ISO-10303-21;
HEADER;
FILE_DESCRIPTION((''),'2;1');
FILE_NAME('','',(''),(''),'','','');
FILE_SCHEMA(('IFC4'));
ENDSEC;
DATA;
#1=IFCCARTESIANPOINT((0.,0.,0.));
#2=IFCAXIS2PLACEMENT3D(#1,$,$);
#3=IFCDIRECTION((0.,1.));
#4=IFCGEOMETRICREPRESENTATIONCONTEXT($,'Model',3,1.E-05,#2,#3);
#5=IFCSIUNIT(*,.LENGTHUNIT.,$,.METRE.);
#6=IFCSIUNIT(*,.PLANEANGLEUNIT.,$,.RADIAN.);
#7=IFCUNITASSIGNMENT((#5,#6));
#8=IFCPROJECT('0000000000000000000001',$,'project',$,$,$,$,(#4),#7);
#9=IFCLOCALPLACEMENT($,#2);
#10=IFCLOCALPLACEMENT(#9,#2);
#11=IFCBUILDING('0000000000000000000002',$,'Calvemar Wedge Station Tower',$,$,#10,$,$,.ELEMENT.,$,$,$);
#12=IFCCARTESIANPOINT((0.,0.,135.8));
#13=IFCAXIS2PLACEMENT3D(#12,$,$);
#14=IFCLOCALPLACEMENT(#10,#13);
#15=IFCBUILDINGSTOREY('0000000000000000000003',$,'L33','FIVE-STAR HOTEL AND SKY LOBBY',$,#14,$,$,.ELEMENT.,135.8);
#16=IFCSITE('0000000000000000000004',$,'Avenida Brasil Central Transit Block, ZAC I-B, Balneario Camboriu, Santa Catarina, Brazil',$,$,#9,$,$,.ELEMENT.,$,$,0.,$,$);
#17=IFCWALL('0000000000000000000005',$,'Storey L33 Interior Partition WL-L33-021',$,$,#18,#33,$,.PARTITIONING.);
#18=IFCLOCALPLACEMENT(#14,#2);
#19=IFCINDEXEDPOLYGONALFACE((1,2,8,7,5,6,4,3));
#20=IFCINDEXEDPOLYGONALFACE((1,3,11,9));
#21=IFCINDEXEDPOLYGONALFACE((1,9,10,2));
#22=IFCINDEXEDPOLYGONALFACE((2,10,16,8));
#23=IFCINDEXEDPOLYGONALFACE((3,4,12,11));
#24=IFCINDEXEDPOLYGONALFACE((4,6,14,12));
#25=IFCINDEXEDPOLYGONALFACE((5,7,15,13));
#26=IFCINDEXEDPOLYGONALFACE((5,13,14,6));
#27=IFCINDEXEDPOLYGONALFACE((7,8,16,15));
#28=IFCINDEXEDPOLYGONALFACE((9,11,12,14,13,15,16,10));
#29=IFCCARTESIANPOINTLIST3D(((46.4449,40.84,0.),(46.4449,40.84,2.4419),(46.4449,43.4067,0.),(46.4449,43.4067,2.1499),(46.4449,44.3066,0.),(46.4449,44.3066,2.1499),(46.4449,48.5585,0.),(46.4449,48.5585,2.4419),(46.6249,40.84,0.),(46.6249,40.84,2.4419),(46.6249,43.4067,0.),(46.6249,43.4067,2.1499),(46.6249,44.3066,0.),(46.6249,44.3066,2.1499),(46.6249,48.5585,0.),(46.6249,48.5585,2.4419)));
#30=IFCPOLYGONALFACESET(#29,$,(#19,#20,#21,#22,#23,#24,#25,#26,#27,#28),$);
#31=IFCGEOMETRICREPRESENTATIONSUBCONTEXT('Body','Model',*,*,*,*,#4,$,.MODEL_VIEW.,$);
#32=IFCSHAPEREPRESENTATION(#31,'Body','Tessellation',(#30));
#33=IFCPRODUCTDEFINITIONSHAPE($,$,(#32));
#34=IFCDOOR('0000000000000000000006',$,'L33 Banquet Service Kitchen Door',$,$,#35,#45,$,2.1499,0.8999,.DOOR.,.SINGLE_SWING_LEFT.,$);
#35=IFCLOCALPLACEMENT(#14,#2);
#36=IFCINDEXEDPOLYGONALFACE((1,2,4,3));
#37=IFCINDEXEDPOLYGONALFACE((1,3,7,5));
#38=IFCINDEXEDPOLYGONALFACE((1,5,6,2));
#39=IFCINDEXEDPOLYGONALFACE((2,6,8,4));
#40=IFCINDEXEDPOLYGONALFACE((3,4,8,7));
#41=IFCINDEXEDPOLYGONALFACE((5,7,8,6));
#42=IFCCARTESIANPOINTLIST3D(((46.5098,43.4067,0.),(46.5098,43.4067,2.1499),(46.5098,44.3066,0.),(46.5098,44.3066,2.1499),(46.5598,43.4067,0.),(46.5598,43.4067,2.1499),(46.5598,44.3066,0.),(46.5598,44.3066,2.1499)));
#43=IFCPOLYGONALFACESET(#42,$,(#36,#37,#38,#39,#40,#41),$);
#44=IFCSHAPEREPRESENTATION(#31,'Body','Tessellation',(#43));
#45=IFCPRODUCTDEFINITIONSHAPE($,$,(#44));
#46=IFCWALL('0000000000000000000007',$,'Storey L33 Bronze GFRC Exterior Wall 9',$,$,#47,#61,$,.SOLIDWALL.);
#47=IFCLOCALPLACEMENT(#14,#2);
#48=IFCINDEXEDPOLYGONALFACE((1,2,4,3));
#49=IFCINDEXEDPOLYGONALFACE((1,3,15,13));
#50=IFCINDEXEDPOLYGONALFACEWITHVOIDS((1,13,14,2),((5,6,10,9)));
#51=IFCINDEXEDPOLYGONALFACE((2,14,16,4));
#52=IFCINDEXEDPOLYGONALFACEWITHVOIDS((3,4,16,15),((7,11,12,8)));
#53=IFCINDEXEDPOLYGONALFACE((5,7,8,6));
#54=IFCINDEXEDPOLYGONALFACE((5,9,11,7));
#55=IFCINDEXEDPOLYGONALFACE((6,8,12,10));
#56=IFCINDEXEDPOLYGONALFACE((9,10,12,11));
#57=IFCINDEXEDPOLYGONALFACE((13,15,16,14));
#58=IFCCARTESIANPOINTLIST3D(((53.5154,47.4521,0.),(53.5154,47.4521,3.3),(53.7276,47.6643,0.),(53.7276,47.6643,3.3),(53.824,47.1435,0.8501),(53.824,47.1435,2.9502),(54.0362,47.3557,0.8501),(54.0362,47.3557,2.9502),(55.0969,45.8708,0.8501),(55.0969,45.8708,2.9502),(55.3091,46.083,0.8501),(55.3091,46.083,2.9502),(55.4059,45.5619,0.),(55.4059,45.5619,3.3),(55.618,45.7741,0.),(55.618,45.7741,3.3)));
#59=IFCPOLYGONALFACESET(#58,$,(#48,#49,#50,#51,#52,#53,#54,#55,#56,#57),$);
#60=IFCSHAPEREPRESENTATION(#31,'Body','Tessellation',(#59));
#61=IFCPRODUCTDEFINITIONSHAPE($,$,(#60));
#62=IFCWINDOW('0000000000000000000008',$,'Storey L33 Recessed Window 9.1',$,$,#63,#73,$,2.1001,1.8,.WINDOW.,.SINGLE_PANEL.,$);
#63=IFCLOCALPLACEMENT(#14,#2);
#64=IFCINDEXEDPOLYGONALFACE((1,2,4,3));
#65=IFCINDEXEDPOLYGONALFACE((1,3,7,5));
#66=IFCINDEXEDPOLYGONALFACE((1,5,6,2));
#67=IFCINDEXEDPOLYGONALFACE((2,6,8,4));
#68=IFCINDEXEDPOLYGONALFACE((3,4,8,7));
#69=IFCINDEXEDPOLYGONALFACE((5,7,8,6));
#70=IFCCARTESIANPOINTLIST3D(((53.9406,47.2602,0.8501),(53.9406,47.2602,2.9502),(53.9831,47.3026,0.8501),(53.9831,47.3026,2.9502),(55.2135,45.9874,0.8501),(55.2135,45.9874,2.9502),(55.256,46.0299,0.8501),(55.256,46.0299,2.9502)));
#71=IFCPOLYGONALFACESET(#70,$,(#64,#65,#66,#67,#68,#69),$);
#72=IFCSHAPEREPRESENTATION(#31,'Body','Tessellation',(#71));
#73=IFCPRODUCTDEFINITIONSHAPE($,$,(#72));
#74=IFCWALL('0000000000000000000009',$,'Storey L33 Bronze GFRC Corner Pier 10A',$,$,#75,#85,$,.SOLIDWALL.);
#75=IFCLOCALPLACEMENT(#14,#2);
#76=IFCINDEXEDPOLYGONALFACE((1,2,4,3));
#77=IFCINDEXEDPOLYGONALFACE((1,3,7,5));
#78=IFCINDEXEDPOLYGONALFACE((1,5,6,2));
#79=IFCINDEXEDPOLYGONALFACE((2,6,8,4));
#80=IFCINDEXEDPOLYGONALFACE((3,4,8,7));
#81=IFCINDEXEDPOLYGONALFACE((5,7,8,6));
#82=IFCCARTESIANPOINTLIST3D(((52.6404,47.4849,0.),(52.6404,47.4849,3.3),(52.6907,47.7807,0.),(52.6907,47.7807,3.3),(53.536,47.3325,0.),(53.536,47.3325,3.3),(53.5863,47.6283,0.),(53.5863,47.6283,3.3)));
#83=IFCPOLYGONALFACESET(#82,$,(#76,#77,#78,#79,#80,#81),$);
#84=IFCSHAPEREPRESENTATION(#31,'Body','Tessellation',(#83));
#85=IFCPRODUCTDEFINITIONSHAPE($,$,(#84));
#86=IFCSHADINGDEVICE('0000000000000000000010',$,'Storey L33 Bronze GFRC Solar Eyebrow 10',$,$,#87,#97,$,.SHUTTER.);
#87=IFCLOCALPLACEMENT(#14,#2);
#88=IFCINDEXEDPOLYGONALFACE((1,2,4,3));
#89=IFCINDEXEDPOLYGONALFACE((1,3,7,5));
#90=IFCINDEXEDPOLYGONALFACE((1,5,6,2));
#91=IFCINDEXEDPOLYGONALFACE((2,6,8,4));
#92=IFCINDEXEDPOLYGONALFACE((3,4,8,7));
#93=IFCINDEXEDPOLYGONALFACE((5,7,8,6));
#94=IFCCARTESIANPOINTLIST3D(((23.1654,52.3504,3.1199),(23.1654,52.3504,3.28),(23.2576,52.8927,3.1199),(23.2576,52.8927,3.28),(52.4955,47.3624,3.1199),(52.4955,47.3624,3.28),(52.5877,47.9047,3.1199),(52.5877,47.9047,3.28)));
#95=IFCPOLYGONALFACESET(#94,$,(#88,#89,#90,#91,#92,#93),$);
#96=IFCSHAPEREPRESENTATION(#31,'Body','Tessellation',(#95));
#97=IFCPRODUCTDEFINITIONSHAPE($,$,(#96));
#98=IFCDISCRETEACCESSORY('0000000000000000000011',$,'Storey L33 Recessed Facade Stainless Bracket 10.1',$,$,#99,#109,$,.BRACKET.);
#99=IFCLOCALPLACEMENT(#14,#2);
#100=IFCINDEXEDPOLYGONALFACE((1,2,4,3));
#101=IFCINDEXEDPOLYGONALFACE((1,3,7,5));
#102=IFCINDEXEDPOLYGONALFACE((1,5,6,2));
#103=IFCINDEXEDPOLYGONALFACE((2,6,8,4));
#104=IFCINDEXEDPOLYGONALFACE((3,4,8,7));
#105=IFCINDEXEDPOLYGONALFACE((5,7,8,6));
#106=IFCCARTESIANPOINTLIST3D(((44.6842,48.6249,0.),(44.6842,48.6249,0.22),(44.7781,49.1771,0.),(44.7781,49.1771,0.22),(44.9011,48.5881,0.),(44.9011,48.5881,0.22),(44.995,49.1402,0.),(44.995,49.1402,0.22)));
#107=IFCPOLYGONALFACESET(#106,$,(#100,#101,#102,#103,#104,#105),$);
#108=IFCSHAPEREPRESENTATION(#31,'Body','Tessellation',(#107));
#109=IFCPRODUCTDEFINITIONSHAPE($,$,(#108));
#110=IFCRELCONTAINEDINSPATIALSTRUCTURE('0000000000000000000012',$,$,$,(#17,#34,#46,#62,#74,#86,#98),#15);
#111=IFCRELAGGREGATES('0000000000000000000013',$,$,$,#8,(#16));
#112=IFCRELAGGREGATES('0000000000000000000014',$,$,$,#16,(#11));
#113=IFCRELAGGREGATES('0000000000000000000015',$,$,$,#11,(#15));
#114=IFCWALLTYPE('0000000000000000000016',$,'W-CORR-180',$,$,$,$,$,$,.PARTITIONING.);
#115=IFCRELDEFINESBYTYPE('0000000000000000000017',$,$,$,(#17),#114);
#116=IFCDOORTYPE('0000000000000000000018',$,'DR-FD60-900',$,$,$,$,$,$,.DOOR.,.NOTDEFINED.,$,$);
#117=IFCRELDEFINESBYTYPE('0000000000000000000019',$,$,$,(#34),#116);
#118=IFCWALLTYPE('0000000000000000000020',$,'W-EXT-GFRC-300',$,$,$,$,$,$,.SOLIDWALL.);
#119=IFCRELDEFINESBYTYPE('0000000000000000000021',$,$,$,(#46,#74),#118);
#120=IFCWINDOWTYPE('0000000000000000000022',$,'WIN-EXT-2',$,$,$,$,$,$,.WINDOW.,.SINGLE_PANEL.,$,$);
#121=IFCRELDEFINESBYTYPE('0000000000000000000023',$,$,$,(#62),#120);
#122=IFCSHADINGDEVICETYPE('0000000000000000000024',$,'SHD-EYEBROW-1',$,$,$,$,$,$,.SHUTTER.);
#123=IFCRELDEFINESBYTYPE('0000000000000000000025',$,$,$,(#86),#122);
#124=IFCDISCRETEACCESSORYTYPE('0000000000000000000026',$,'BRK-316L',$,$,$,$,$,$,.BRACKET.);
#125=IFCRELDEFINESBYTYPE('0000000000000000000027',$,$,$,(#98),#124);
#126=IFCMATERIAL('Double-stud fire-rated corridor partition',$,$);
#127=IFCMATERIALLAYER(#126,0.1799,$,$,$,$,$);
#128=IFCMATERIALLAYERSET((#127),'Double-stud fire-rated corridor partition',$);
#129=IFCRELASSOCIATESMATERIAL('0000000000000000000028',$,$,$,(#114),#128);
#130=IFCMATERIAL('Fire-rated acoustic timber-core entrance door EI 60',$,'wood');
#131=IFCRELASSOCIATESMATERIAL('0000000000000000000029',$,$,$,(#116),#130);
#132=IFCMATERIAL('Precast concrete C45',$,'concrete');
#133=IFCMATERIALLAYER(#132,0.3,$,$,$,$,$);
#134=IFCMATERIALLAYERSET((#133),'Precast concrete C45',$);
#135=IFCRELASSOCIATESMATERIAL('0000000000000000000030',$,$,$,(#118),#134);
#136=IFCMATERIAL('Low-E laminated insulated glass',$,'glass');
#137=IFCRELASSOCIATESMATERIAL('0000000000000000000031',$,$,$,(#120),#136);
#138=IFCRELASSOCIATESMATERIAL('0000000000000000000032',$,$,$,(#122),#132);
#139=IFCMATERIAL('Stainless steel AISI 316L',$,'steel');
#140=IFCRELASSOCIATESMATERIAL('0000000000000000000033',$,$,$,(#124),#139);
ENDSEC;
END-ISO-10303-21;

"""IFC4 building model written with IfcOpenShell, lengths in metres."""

from ifc_helpers import new_model, si_unit, direction, frame, frame_2d, origin, origin_2d, place, context, subcontext, project, spatial, rectangle, extrude, source, transform, mapped, material, layer, layer_set, type_object, element, fill, save


model = new_model("IFC4")

# Units and contexts
model_context = context("Model", 3, precision=1e-05, world=origin(), true_north=direction((0.0, 1.0)))
body_context = subcontext(model_context, "Body", "Model", "MODEL_VIEW")
ifc_project = project(units=[si_unit("LENGTHUNIT", "METRE"), si_unit("PLANEANGLEUNIT", "RADIAN")], contexts=[model_context])

# Site, building, storey
site_placement = place(None, origin())
site = spatial("IfcSite", under=ifc_project, at=site_placement, Name="Avenida Brasil Central Transit Block, ZAC I-B, Balneario Camboriu, Santa Catarina, Brazil", CompositionType="ELEMENT", RefElevation=0.0)
building_placement = place(site_placement, origin())
building = spatial("IfcBuilding", under=site, at=building_placement, Name="Calvemar Wedge Station Tower", CompositionType="ELEMENT")
storey_placement = place(building_placement, frame((0.0, 0.0, 135.8)))
storey = spatial("IfcBuildingStorey", under=building, at=storey_placement, Name="L33", Description="FIVE-STAR HOTEL AND SKY LOBBY", CompositionType="ELEMENT", Elevation=135.8)

# Shared definitions
ifc_material_1 = material(Name="Low-E laminated insulated glass", Category="glass")

# Wall, opening, door
ifc_material_2 = material(Name="Double-stud fire-rated corridor partition")
ifc_layer_1 = layer(ifc_material_2, 0.1799)
ifc_layer_set_1 = layer_set([ifc_layer_1], Name="Double-stud fire-rated corridor partition")
wall_type_1 = type_object("IfcWallType", Name="W-CORR-180", PredefinedType="PARTITIONING", material=ifc_layer_set_1)
wall_1_placement = place(storey_placement, frame((46.5349, 48.5586, 0.0), z_axis=(0.0, 0.0, 1.0), x_axis=(0.0, -1.0, 0.0)))
wall_1 = element("IfcWall", 1, at=wall_1_placement, inside=storey, type_object=wall_type_1, Name="Storey L33 Interior Partition WL-L33-021", PredefinedType="PARTITIONING", context=body_context, shape_type="SweptSolid", body=[
    extrude(rectangle(XDim=7.7185, YDim=0.1799, at=frame_2d((3.8594, 0.0))), origin(), (0.0, 0.0, 1.0), 2.4419),
])
shared_shape_1 = source(origin(), body_context, "Body", "SweptSolid", [
    extrude(rectangle(XDim=0.8999, YDim=2.1499, at=frame_2d((0.45, 1.075))), frame((0.0, 0.1001, 0.0), z_axis=(0.0, -1.0, 0.0), x_axis=(1.0, 0.0, 0.0)), (0.0, 0.0, 1.0), 0.2),
])
opening_1_placement = place(wall_1_placement, frame((4.252, 0.0, 0.0)))
opening_1 = element("IfcOpeningElement", 2, at=opening_1_placement, cuts=wall_1, PredefinedType="OPENING", context=body_context, shape_type="MappedRepresentation", body=[
    mapped(shared_shape_1, transform((0.0, 0.0, 0.0), scale=1.0)),
])
ifc_material_3 = material(Name="Fire-rated acoustic timber-core entrance door EI 60", Category="wood")
door_type = type_object("IfcDoorType", Name="DR-FD60-900", OperationType="NOTDEFINED", PredefinedType="DOOR", material=ifc_material_3)
shared_shape_2 = source(origin(), body_context, "Body", "SweptSolid", [
    extrude(rectangle(XDim=0.8999, YDim=2.1499, at=frame_2d((0.45, 1.075))), frame((0.0, 0.0249, 0.0), z_axis=(0.0, -1.0, 0.0), x_axis=(1.0, 0.0, 0.0)), (0.0, 0.0, 1.0), 0.05),
])
door_placement = place(opening_1_placement, origin())
door = element("IfcDoor", 3, at=door_placement, inside=storey, type_object=door_type, Name="L33 Banquet Service Kitchen Door", OperationType="SINGLE_SWING_LEFT", OverallHeight=2.1499, OverallWidth=0.8999, PredefinedType="DOOR", context=body_context, shape_type="MappedRepresentation", body=[
    mapped(shared_shape_2, transform((0.0, 0.0, 0.0), scale=1.0)),
])
fill(opening_1, door)

# Wall, opening, window
ifc_material_4 = material(Name="Precast concrete C45", Category="concrete")
ifc_layer_2 = layer(ifc_material_4, 0.3)
ifc_layer_set_2 = layer_set([ifc_layer_2], Name="Precast concrete C45")
wall_type_2 = type_object("IfcWallType", Name="W-EXT-GFRC-300", PredefinedType="SOLIDWALL", material=ifc_layer_set_2)
wall_2_placement = place(storey_placement, frame((55.512, 45.668, 0.0), z_axis=(0.0, 0.0, 1.0), x_axis=(-0.707152, 0.707061, 0.0)))
wall_2 = element("IfcWall", 4, at=wall_2_placement, inside=storey, type_object=wall_type_2, Name="Storey L33 Bronze GFRC Exterior Wall 9", PredefinedType="SOLIDWALL", context=body_context, shape_type="SweptSolid", body=[
    extrude(rectangle(XDim=2.6733, YDim=0.3, at=frame_2d((1.3367, 0.0))), origin(), (0.0, 0.0, 1.0), 3.3),
])
shared_shape_3 = source(origin(), body_context, "Body", "SweptSolid", [
    extrude(rectangle(XDim=1.8, YDim=2.1001, at=frame_2d((0.8999, 1.05))), frame((0.0, 0.1602, 0.0), z_axis=(0.0, -1.0, 0.0), x_axis=(1.0, 0.0, 0.0)), (0.0, 0.0, 1.0), 0.3201),
])
opening_2_placement = place(wall_2_placement, frame((0.437, 0.0, 0.8501)))
opening_2 = element("IfcOpeningElement", 5, at=opening_2_placement, cuts=wall_2, PredefinedType="OPENING", context=body_context, shape_type="MappedRepresentation", body=[
    mapped(shared_shape_3, transform((0.0, 0.0, 0.0), scale=1.0)),
])
window_type = type_object("IfcWindowType", Name="WIN-EXT-2", PartitioningType="SINGLE_PANEL", PredefinedType="WINDOW", material=ifc_material_1)
shared_shape_4 = source(origin(), body_context, "Body", "SweptSolid", [
    extrude(rectangle(XDim=1.8, YDim=2.1001, at=frame_2d((0.8999, 1.05))), frame((0.0, -0.0149, 0.0), z_axis=(0.0, -1.0, 0.0), x_axis=(1.0, 0.0, 0.0)), (0.0, 0.0, 1.0), 0.0601),
])
window_placement = place(opening_2_placement, origin())
window = element("IfcWindow", 6, at=window_placement, inside=storey, type_object=window_type, Name="Storey L33 Recessed Window 9.1", OverallHeight=2.1001, OverallWidth=1.8, PartitioningType="SINGLE_PANEL", PredefinedType="WINDOW", context=body_context, shape_type="MappedRepresentation", body=[
    mapped(shared_shape_4, transform((0.0, 0.0, 0.0), scale=1.0)),
])
fill(opening_2, window)

# Wall
wall_3_placement = place(storey_placement, frame((53.561, 47.4805, 0.0), z_axis=(0.0, 0.0, 1.0), x_axis=(-0.985836, 0.16771, 0.0)))
element("IfcWall", 7, at=wall_3_placement, inside=storey, type_object=wall_type_2, Name="Storey L33 Bronze GFRC Corner Pier 10A", PredefinedType="SOLIDWALL", context=body_context, shape_type="SweptSolid", body=[
    extrude(rectangle(XDim=0.9084, YDim=0.3, at=frame_2d((0.4541, 0.0))), origin(), (0.0, 0.0, 1.0), 3.3),
])

# Shading device
shading_device_type = type_object("IfcShadingDeviceType", Name="SHD-EYEBROW-1", PredefinedType="SHUTTER", material=ifc_material_4)
shading_device_placement = place(storey_placement, frame((52.5415, 47.6335, 3.1199), z_axis=(0.0, 0.0, 1.0), x_axis=(-0.985845, 0.167658, 0.0)))
element("IfcShadingDevice", 8, at=shading_device_placement, inside=storey, type_object=shading_device_type, Name="Storey L33 Bronze GFRC Solar Eyebrow 10", PredefinedType="SHUTTER", context=body_context, shape_type="SweptSolid", body=[
    extrude(rectangle(XDim=29.7512, YDim=0.55, at=frame_2d((14.8755, 0.0))), origin(), (0.0, 0.0, 1.0), 0.1602),
])

# Discrete accessory
ifc_material_5 = material(Name="Stainless steel AISI 316L", Category="steel")
discrete_accessory_type = type_object("IfcDiscreteAccessoryType", Name="BRK-316L", PredefinedType="BRACKET", material=ifc_material_5)
shared_shape_5 = source(origin(), body_context, "Body", "SweptSolid", [
    extrude(rectangle(XDim=0.22, YDim=0.5601, at=origin_2d()), origin(), (0.0, 0.0, 1.0), 0.22),
])
discrete_accessory_placement = place(storey_placement, frame((44.8396, 48.8826, 0.0), z_axis=(0.0, 0.0, 1.0), x_axis=(-0.98585, 0.167629, 0.0)))
element("IfcDiscreteAccessory", 9, at=discrete_accessory_placement, inside=storey, type_object=discrete_accessory_type, Name="Storey L33 Recessed Facade Stainless Bracket 10.1", PredefinedType="BRACKET", context=body_context, shape_type="MappedRepresentation", body=[
    mapped(shared_shape_5, transform((0.0, 0.0, 0.0), scale=1.0)),
])

save(model, "model.ifc")
